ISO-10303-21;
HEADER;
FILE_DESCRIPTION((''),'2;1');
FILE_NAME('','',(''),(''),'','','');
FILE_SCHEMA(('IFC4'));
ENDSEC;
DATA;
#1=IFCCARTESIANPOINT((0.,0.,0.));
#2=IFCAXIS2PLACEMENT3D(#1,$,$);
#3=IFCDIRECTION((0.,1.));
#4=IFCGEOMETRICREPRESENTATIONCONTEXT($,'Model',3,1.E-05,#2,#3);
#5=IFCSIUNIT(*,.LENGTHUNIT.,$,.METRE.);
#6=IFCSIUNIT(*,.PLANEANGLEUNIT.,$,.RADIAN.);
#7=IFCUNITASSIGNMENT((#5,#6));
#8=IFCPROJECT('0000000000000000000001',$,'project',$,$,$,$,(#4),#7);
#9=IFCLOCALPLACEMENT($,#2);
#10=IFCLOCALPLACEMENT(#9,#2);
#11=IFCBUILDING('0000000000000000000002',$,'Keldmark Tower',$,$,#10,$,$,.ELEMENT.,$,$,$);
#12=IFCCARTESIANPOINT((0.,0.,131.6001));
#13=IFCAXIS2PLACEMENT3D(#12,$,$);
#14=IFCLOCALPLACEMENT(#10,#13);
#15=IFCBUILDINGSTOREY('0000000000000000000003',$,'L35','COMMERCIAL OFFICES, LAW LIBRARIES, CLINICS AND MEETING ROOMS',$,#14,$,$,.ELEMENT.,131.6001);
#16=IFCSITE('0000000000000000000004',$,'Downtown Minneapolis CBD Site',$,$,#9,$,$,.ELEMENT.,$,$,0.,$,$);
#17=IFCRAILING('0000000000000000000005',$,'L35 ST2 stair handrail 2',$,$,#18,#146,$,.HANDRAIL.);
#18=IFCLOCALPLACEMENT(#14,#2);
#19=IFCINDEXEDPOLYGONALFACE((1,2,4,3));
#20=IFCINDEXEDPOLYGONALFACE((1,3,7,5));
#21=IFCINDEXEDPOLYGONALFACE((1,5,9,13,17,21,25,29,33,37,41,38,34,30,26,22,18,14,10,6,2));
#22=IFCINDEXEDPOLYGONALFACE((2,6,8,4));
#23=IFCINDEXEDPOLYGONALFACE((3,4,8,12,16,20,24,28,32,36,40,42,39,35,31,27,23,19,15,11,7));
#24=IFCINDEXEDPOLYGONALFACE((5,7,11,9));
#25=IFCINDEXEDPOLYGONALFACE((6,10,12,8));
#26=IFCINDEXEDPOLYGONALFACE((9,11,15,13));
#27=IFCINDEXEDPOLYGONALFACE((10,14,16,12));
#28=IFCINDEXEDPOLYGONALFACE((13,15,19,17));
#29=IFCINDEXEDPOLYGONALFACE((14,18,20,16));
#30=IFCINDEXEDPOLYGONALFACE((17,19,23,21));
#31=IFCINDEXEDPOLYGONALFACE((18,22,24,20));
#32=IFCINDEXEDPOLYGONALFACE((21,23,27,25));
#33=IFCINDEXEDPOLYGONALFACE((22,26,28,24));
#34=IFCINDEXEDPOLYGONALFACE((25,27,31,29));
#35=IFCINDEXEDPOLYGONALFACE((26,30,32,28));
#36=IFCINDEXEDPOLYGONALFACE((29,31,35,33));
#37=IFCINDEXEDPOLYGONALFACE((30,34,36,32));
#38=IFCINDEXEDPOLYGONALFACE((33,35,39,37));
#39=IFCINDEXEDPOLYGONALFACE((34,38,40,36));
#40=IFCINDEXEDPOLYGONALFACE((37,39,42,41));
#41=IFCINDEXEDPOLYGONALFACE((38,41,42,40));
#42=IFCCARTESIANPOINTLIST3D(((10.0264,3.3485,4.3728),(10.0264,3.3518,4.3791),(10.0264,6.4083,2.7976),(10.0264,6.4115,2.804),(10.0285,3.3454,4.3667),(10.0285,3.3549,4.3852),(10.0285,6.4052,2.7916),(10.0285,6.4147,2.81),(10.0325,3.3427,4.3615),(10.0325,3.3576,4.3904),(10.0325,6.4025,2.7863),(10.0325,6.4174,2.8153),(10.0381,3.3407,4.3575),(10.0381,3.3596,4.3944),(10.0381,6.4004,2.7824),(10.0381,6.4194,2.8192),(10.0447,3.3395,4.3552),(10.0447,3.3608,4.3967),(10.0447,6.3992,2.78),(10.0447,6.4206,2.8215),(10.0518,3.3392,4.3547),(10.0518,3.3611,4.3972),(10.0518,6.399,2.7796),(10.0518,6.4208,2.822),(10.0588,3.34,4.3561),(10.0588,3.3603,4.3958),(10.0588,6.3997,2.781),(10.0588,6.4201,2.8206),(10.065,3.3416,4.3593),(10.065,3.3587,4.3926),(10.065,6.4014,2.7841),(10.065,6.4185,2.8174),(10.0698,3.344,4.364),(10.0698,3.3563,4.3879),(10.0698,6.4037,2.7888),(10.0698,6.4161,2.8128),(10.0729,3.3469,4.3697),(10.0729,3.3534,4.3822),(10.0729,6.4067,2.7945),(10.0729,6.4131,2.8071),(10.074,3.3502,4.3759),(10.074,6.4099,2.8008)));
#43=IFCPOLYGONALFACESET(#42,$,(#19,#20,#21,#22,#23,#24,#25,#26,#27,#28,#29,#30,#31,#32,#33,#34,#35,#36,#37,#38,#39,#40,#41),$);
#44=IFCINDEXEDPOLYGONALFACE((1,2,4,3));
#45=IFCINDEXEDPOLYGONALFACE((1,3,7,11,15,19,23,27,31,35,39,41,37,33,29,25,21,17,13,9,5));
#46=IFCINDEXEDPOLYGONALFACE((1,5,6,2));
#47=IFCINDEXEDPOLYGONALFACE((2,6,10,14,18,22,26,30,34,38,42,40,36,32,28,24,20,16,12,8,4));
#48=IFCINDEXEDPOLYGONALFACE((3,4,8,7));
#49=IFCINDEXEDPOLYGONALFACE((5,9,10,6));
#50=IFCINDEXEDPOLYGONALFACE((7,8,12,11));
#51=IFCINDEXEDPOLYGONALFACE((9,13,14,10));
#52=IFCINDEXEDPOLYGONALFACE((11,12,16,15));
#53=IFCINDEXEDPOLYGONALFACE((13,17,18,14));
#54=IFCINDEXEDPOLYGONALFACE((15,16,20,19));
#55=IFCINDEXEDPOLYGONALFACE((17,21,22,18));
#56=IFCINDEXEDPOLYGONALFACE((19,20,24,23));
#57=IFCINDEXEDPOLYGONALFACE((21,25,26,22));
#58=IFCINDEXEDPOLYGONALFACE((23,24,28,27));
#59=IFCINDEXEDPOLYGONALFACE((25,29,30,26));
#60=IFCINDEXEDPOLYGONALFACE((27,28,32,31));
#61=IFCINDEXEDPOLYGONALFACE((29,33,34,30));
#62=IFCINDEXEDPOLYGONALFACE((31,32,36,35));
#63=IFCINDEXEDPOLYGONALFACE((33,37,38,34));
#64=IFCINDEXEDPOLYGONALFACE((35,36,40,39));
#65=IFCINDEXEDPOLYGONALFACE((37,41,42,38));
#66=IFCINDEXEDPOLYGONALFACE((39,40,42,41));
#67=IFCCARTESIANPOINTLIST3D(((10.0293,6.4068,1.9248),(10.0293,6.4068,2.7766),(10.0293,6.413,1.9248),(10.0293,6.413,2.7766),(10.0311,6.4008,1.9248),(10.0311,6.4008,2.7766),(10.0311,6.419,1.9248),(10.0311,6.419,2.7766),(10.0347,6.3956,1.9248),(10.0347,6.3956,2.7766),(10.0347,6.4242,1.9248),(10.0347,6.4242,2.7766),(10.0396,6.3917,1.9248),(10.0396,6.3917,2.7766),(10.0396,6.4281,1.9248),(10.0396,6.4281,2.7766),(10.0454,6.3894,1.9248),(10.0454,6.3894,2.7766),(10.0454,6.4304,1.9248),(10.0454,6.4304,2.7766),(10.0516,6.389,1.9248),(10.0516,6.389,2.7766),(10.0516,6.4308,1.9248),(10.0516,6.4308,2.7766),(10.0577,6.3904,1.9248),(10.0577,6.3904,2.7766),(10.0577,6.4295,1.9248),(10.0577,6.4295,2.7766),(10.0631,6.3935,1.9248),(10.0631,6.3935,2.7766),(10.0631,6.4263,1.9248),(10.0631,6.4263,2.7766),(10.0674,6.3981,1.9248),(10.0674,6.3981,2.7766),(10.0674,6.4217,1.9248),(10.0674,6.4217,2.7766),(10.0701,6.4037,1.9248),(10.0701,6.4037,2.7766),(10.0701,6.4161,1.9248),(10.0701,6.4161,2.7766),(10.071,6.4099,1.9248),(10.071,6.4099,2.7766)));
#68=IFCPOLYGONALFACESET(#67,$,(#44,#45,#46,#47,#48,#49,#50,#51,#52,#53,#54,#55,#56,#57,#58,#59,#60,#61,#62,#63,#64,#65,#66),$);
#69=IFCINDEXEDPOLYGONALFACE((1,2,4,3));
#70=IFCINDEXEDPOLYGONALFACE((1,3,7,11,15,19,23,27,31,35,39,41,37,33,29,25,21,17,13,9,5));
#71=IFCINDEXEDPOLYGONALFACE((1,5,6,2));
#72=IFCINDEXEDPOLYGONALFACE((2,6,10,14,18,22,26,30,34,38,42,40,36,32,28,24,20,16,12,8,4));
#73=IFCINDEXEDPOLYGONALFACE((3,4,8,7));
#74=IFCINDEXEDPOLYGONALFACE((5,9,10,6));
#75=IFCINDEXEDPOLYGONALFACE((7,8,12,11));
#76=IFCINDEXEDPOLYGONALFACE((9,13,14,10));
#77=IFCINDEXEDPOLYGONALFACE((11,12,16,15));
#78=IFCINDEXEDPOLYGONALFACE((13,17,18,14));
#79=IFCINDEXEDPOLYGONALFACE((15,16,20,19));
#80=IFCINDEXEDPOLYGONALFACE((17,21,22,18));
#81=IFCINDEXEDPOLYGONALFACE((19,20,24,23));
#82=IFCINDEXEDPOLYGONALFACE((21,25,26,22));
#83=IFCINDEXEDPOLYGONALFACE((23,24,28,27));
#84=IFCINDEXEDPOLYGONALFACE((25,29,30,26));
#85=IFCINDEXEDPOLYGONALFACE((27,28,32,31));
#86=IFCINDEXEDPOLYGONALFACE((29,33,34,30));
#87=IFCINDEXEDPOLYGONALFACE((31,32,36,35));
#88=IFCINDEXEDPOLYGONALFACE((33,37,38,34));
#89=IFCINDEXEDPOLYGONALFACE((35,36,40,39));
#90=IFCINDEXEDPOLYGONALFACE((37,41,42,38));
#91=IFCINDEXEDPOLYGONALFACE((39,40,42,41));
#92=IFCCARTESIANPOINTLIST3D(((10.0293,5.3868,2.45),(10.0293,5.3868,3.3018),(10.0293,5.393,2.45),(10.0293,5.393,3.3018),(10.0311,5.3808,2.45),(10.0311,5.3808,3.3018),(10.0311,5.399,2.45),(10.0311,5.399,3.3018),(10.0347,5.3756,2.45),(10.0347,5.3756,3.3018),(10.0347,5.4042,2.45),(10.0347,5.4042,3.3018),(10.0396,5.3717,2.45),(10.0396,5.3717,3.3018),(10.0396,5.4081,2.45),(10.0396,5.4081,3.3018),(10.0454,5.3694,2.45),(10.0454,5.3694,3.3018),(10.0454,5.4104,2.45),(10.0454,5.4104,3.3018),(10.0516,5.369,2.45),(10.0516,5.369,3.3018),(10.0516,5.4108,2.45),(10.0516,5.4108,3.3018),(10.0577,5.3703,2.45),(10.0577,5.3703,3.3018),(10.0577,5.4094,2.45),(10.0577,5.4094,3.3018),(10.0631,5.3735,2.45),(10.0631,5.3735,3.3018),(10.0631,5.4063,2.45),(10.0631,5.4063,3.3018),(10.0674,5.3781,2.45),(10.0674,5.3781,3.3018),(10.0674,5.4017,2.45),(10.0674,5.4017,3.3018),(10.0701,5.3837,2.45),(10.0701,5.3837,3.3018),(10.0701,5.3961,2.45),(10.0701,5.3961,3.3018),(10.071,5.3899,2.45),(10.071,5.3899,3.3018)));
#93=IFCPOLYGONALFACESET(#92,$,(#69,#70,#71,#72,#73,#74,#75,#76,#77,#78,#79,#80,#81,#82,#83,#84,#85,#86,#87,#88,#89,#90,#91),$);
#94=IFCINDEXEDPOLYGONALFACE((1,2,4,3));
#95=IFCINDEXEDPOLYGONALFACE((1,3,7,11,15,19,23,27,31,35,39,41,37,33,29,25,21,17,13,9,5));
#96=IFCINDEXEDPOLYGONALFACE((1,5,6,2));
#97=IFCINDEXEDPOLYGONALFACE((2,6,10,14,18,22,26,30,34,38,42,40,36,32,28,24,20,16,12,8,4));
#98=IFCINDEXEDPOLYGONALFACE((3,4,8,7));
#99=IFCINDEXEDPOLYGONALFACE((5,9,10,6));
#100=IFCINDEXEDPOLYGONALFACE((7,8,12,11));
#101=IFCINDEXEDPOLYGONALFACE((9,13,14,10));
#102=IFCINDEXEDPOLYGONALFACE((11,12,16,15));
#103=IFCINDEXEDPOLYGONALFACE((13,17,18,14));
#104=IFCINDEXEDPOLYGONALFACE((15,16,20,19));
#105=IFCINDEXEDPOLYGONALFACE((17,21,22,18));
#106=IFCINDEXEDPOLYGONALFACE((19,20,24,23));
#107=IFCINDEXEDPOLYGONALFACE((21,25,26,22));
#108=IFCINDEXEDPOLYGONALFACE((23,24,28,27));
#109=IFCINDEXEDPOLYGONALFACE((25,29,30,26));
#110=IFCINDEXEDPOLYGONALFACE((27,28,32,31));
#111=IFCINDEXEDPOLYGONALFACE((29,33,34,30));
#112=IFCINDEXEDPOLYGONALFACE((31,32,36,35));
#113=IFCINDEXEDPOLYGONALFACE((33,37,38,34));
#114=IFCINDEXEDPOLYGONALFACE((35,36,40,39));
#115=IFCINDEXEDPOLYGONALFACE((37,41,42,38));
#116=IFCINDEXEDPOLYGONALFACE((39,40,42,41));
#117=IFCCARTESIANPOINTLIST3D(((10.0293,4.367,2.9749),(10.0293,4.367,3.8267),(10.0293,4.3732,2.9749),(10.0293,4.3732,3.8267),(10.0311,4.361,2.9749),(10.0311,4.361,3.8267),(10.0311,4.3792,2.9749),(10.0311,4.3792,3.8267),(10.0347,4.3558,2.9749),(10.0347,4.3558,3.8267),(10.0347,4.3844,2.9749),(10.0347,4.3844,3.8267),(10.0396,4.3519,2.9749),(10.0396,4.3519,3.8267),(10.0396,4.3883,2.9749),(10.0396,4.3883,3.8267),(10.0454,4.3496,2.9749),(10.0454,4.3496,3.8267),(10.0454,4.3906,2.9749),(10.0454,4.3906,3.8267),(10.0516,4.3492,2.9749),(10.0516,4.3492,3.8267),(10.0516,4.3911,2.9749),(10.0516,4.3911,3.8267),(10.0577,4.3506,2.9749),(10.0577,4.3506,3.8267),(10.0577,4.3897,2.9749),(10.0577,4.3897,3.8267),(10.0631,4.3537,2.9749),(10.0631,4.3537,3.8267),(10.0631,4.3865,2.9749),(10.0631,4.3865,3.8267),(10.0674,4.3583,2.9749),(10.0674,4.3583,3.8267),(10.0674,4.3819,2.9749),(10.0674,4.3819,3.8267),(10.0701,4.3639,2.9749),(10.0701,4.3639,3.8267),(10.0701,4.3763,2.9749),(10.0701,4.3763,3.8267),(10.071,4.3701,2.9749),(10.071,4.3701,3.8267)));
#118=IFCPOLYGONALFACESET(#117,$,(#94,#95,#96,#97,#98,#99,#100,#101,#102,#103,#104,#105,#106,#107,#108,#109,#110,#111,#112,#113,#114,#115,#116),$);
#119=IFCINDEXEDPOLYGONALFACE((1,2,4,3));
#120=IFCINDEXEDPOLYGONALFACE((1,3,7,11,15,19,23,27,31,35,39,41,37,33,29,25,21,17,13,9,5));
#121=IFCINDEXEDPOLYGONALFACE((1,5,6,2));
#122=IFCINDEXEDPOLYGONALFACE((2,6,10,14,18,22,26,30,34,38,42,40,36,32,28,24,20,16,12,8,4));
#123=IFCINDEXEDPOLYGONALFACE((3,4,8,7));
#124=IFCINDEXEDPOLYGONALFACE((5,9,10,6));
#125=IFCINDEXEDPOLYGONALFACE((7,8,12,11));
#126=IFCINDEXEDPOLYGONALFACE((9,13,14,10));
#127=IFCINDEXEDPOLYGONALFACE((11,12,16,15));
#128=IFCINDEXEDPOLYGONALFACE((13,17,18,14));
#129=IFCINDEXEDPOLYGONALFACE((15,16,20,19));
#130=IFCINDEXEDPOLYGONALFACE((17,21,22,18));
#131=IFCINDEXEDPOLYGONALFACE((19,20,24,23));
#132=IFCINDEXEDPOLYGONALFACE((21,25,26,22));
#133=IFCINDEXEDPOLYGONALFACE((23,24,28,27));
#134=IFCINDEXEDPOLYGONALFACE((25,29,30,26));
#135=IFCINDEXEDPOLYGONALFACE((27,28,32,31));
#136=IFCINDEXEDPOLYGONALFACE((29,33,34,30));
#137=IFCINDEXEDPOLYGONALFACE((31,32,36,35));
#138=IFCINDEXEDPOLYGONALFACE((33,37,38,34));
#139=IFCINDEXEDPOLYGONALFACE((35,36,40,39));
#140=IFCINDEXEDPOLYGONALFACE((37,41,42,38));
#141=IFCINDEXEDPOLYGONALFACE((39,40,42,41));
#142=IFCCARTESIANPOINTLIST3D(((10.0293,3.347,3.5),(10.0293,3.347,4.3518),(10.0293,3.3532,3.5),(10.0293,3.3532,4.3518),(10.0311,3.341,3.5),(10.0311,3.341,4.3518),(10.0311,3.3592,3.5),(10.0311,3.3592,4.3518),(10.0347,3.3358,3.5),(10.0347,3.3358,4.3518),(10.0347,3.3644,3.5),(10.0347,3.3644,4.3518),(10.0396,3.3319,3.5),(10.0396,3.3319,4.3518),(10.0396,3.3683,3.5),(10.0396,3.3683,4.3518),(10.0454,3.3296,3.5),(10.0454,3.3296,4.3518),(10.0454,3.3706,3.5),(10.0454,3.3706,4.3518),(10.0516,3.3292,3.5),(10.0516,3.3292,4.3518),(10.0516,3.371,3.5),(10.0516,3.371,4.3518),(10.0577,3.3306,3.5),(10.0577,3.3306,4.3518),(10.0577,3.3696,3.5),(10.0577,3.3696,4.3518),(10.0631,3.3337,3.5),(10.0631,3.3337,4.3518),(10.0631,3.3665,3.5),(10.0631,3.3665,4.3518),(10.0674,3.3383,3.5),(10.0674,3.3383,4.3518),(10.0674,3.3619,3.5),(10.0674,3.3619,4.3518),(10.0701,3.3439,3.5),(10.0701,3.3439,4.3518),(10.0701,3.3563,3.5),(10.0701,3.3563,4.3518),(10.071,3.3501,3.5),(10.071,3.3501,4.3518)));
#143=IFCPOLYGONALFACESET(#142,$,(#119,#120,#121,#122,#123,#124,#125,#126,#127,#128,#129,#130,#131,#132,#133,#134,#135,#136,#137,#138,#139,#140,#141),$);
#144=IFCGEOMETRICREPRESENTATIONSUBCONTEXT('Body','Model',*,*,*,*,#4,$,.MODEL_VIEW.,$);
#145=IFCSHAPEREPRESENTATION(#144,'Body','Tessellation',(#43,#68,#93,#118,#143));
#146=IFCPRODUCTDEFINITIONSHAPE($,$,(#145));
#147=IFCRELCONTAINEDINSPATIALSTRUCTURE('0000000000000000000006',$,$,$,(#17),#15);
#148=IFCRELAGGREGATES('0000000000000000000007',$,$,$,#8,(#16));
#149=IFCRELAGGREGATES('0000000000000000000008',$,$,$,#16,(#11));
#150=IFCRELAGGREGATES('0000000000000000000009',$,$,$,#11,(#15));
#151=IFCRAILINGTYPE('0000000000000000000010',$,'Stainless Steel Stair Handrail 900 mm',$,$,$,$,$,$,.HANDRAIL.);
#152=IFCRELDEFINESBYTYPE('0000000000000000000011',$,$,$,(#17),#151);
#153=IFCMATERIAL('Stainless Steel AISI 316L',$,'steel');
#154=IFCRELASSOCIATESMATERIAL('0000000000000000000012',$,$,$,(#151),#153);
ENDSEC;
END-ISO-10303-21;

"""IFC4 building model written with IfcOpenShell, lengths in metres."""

from ifc_helpers import new_model, si_unit, direction, frame, origin, origin_2d, place, context, subcontext, project, spatial, circle, extrude, material, type_object, element, save


model = new_model("IFC4")

# Units and contexts
model_context = context("Model", 3, precision=1e-05, world=origin(), true_north=direction((0.0, 1.0)))
body_context = subcontext(model_context, "Body", "Model", "MODEL_VIEW")
ifc_project = project(units=[si_unit("LENGTHUNIT", "METRE"), si_unit("PLANEANGLEUNIT", "RADIAN")], contexts=[model_context])

# Site, building, storey
site_placement = place(None, origin())
site = spatial("IfcSite", under=ifc_project, at=site_placement, Name="Downtown Minneapolis CBD Site", CompositionType="ELEMENT", RefElevation=0.0)
building_placement = place(site_placement, origin())
building = spatial("IfcBuilding", under=site, at=building_placement, Name="Keldmark Tower", CompositionType="ELEMENT")
storey_placement = place(building_placement, frame((0.0, 0.0, 131.6001)))
storey = spatial("IfcBuildingStorey", under=building, at=storey_placement, Name="L35", Description="COMMERCIAL OFFICES, LAW LIBRARIES, CLINICS AND MEETING ROOMS", CompositionType="ELEMENT", Elevation=131.6001)

# Railing
ifc_material_1 = material(Name="Stainless Steel AISI 316L", Category="steel")
railing_type_1 = type_object("IfcRailingType", Name="Stainless Steel Stair Handrail 900 mm", PredefinedType="HANDRAIL", material=ifc_material_1)
railing_1_placement = place(storey_placement, frame((10.05, 6.4099, 1.9248)))
element("IfcRailing", 1, at=railing_1_placement, inside=storey, type_object=railing_type_1, Name="L35 ST2 stair handrail 2", PredefinedType="HANDRAIL", context=body_context, shape_type="SweptSolid", body=[
    extrude(circle(Radius=0.0239, at=origin_2d()), frame((0.0, 0.0, 0.876), z_axis=(0.0, -0.889101, 0.45771), x_axis=(1.0, 0.0, 0.0)), (0.0, 0.0, 1.0), 3.4414),
    extrude(circle(Radius=0.021, at=origin_2d()), origin(), (0.0, 0.0, 1.0), 0.8518),
    extrude(circle(Radius=0.021, at=origin_2d()), frame((0.0, -1.02, 0.5251)), (0.0, 0.0, 1.0), 0.8518),
    extrude(circle(Radius=0.021, at=origin_2d()), frame((0.0, -2.0398, 1.05)), (0.0, 0.0, 1.0), 0.8518),
    extrude(circle(Radius=0.021, at=origin_2d()), frame((0.0, -3.0598, 1.5752)), (0.0, 0.0, 1.0), 0.8518),
])

save(model, "model.ifc")
